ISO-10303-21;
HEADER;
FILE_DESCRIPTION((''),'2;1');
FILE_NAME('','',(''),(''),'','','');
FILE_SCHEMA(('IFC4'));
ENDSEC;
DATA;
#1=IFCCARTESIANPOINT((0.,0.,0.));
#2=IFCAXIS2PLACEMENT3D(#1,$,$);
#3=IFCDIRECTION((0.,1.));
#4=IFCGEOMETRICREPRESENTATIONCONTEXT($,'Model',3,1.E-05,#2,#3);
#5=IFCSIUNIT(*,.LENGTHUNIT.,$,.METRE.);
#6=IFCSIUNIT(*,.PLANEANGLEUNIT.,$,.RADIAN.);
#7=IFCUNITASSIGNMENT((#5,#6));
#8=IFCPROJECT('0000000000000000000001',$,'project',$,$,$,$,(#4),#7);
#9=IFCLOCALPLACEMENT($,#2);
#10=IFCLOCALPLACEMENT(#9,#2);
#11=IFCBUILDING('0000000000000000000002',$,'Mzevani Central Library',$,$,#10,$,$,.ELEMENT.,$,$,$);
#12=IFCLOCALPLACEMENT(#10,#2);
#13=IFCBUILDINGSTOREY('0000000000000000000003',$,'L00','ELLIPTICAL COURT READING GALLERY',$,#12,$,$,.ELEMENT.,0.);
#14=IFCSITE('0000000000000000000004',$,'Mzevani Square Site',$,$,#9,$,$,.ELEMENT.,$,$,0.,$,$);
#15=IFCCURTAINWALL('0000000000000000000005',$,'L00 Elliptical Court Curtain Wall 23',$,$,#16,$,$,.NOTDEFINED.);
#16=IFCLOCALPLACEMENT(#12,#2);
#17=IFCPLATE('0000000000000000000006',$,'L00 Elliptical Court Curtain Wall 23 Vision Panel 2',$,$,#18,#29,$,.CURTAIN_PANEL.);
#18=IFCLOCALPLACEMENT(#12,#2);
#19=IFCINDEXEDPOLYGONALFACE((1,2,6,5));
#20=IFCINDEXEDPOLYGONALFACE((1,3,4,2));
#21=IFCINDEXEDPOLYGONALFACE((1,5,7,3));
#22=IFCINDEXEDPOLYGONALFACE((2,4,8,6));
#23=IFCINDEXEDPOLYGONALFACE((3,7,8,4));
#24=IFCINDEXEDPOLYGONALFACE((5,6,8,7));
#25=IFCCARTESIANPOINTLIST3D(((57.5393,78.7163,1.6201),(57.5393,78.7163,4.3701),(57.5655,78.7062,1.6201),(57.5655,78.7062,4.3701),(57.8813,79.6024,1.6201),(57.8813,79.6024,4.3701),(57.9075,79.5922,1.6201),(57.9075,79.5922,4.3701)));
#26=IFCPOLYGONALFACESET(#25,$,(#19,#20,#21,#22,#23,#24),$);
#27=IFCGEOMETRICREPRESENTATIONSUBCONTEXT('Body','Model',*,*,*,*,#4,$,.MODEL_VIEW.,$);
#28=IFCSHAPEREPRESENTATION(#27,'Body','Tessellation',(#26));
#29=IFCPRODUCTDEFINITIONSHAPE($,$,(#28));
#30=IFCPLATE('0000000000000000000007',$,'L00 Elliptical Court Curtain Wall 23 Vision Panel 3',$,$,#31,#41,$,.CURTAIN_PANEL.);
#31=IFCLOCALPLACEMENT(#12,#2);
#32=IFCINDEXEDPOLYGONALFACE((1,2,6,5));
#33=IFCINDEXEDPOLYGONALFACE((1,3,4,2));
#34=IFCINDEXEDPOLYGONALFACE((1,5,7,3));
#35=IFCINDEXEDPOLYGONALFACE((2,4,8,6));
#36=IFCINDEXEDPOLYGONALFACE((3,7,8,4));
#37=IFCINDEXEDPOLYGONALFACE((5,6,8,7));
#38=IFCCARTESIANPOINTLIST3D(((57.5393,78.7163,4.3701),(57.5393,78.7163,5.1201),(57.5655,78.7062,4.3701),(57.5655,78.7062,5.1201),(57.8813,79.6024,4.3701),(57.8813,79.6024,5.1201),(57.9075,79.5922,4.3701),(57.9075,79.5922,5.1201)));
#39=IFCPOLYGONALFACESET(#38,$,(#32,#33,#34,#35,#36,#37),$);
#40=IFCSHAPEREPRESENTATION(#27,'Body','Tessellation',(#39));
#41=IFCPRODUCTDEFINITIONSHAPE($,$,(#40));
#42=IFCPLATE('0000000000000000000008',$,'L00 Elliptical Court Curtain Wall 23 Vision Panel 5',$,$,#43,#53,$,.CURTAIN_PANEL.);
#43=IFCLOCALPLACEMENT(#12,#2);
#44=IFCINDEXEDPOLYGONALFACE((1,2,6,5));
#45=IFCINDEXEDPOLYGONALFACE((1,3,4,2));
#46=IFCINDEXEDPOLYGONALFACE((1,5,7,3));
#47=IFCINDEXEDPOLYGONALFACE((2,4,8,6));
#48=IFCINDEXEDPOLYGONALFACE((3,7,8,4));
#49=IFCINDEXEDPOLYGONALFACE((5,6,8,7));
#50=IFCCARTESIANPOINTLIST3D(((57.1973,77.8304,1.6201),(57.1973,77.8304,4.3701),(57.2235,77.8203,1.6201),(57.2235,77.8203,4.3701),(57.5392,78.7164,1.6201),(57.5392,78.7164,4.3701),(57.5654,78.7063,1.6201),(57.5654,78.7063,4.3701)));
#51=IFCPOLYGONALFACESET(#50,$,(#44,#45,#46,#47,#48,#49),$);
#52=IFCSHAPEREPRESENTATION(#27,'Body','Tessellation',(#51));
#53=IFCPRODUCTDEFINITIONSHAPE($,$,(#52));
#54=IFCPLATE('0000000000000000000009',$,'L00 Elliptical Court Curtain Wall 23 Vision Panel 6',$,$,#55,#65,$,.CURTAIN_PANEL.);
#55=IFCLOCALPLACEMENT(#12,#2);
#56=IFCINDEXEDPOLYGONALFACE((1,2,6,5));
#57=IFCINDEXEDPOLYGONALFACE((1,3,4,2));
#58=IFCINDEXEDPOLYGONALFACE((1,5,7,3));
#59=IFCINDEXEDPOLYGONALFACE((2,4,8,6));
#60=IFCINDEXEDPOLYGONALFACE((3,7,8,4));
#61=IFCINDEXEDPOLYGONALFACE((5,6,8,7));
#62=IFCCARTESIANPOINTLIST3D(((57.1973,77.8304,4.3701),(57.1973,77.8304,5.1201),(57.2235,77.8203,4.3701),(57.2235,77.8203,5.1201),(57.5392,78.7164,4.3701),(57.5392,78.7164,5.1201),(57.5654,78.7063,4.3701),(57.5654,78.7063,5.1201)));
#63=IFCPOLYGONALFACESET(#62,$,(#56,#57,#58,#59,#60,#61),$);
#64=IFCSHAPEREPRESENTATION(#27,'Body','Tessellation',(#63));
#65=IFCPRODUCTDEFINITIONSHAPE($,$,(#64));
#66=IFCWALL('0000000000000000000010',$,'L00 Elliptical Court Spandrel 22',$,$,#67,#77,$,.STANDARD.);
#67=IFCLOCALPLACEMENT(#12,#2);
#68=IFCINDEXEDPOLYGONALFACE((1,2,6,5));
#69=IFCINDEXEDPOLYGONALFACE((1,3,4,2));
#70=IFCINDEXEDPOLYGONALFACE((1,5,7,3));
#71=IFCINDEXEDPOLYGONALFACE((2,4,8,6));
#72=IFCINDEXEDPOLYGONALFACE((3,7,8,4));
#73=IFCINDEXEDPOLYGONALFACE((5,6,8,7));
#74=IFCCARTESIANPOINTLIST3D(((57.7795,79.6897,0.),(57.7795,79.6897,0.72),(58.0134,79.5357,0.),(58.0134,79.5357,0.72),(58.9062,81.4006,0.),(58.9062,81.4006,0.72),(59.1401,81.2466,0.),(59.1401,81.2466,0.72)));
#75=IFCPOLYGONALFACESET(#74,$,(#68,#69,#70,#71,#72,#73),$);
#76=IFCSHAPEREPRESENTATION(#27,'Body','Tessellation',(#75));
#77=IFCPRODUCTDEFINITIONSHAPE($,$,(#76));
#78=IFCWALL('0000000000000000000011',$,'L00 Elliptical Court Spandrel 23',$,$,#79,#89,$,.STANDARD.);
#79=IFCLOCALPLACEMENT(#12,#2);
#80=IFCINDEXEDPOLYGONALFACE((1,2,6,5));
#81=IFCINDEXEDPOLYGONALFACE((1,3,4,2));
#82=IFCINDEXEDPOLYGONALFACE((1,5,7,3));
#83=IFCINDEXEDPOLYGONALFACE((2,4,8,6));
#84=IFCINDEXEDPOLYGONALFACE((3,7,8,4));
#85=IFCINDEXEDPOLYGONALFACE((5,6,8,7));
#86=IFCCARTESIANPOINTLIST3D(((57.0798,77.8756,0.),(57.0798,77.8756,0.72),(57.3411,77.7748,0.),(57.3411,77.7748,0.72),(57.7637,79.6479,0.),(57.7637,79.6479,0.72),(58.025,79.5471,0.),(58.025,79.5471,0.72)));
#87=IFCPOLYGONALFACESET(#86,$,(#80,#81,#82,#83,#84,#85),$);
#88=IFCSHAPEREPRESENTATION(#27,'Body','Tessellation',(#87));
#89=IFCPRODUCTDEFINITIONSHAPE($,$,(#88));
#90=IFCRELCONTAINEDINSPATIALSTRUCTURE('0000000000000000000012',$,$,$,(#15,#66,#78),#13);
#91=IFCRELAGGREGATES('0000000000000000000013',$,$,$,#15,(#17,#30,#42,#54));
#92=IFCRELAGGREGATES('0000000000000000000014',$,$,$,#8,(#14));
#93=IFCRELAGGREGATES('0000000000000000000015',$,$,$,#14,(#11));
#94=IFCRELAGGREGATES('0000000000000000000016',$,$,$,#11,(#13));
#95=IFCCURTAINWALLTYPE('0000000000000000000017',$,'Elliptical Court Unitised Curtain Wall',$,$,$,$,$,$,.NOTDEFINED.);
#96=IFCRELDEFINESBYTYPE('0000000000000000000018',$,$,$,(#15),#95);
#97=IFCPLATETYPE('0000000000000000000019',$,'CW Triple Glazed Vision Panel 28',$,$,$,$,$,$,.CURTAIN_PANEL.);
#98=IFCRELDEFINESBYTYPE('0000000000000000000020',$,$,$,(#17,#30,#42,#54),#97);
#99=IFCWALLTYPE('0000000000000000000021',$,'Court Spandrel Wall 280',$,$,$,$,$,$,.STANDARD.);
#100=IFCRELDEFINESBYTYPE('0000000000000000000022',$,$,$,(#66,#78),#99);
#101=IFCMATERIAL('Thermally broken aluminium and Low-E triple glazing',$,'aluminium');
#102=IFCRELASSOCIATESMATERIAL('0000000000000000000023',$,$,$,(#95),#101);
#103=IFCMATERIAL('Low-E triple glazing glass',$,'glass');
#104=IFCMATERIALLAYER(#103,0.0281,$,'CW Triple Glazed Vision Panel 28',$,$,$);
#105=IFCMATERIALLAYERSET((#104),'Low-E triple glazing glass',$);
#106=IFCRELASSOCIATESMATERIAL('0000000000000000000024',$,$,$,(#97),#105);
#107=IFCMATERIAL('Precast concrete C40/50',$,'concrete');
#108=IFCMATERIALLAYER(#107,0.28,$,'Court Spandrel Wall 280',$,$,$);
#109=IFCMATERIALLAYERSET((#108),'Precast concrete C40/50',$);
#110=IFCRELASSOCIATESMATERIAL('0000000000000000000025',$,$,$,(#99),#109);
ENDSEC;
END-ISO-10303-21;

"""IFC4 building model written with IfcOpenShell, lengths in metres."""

from ifc_helpers import new_model, si_unit, direction, frame, frame_2d, origin, origin_2d, place, context, subcontext, project, spatial, rectangle, extrude, material, layer, layer_set, type_object, element, aggregate, save


model = new_model("IFC4")

# Units and contexts
model_context = context("Model", 3, precision=1e-05, world=origin(), true_north=direction((0.0, 1.0)))
body_context = subcontext(model_context, "Body", "Model", "MODEL_VIEW")
ifc_project = project(units=[si_unit("LENGTHUNIT", "METRE"), si_unit("PLANEANGLEUNIT", "RADIAN")], contexts=[model_context])

# Site, building, storey
site_placement = place(None, origin())
site = spatial("IfcSite", under=ifc_project, at=site_placement, Name="Mzevani Square Site", CompositionType="ELEMENT", RefElevation=0.0)
building_placement = place(site_placement, origin())
building = spatial("IfcBuilding", under=site, at=building_placement, Name="Mzevani Central Library", CompositionType="ELEMENT")
storey_placement = place(building_placement, origin())
storey = spatial("IfcBuildingStorey", under=building, at=storey_placement, Name="L00", Description="ELLIPTICAL COURT READING GALLERY", CompositionType="ELEMENT", Elevation=0.0)

# Curtain wall
ifc_material_1 = material(Name="Thermally broken aluminium and Low-E triple glazing", Category="aluminium")
curtain_wall_type_1 = type_object("IfcCurtainWallType", Name="Elliptical Court Unitised Curtain Wall", PredefinedType="NOTDEFINED", material=ifc_material_1)
curtain_wall_1_placement = place(storey_placement, origin())
curtain_wall_1 = element("IfcCurtainWall", 1, at=curtain_wall_1_placement, inside=storey, type_object=curtain_wall_type_1, Name="L00 Elliptical Court Curtain Wall 23", PredefinedType="NOTDEFINED")

# Plates
ifc_material_2 = material(Name="Low-E triple glazing glass", Category="glass")
ifc_layer_1 = layer(ifc_material_2, 0.0281, Name="CW Triple Glazed Vision Panel 28")
ifc_layer_set_1 = layer_set([ifc_layer_1], Name="Low-E triple glazing glass")
plate_type_1 = type_object("IfcPlateType", Name="CW Triple Glazed Vision Panel 28", PredefinedType="CURTAIN_PANEL", material=ifc_layer_set_1)
plate_1_placement = place(storey_placement, frame((57.7234, 79.1543, 1.6201), z_axis=(0.0, 0.0, 1.0), x_axis=(-0.360062, -0.932928, 0.0)))
plate_1 = element("IfcPlate", 2, at=plate_1_placement, type_object=plate_type_1, Name="L00 Elliptical Court Curtain Wall 23 Vision Panel 2", PredefinedType="CURTAIN_PANEL", context=body_context, shape_type="SweptSolid", body=[
    extrude(rectangle(XDim=0.9497, YDim=0.0281, at=origin_2d()), origin(), (0.0, 0.0, 1.0), 2.75),
])
plate_2_placement = place(storey_placement, frame((57.7234, 79.1543, 4.3701), z_axis=(0.0, 0.0, 1.0), x_axis=(-0.360062, -0.932928, 0.0)))
plate_2 = element("IfcPlate", 3, at=plate_2_placement, type_object=plate_type_1, Name="L00 Elliptical Court Curtain Wall 23 Vision Panel 3", PredefinedType="CURTAIN_PANEL", context=body_context, shape_type="SweptSolid", body=[
    extrude(rectangle(XDim=0.9497, YDim=0.0281, at=origin_2d()), origin(), (0.0, 0.0, 1.0), 0.75),
])
plate_3_placement = place(storey_placement, frame((57.3813, 78.2683, 1.6201), z_axis=(0.0, 0.0, 1.0), x_axis=(-0.360062, -0.932928, 0.0)))
plate_3 = element("IfcPlate", 4, at=plate_3_placement, type_object=plate_type_1, Name="L00 Elliptical Court Curtain Wall 23 Vision Panel 5", PredefinedType="CURTAIN_PANEL", context=body_context, shape_type="SweptSolid", body=[
    extrude(rectangle(XDim=0.9497, YDim=0.0281, at=origin_2d()), origin(), (0.0, 0.0, 1.0), 2.75),
])
plate_4_placement = place(storey_placement, frame((57.3813, 78.2683, 4.3701), z_axis=(0.0, 0.0, 1.0), x_axis=(-0.360062, -0.932928, 0.0)))
plate_4 = element("IfcPlate", 5, at=plate_4_placement, type_object=plate_type_1, Name="L00 Elliptical Court Curtain Wall 23 Vision Panel 6", PredefinedType="CURTAIN_PANEL", context=body_context, shape_type="SweptSolid", body=[
    extrude(rectangle(XDim=0.9497, YDim=0.0281, at=origin_2d()), origin(), (0.0, 0.0, 1.0), 0.75),
])
aggregate(curtain_wall_1, [plate_1, plate_2, plate_3, plate_4])

# Walls
ifc_material_3 = material(Name="Precast concrete C40/50", Category="concrete")
ifc_layer_2 = layer(ifc_material_3, 0.28, Name="Court Spandrel Wall 280")
ifc_layer_set_2 = layer_set([ifc_layer_2], Name="Precast concrete C40/50")
wall_type = type_object("IfcWallType", Name="Court Spandrel Wall 280", PredefinedType="STANDARD", material=ifc_layer_set_2)
wall_1_placement = place(storey_placement, frame((59.0232, 81.3237, 0.0), z_axis=(0.0, 0.0, 1.0), x_axis=(-0.549989, -0.835172, 0.0)))
element("IfcWall", 6, at=wall_1_placement, inside=storey, type_object=wall_type, Name="L00 Elliptical Court Spandrel 22", PredefinedType="STANDARD", context=body_context, shape_type="SweptSolid", body=[
    extrude(rectangle(XDim=2.0486, YDim=0.28, at=frame_2d((1.0244, 0.0))), origin(), (0.0, 0.0, 1.0), 0.72),
])
wall_2_placement = place(storey_placement, frame((57.8943, 79.5974, 0.0), z_axis=(0.0, 0.0, 1.0), x_axis=(-0.359995, -0.932954, 0.0)))
element("IfcWall", 7, at=wall_2_placement, inside=storey, type_object=wall_type, Name="L00 Elliptical Court Spandrel 23", PredefinedType="STANDARD", context=body_context, shape_type="SweptSolid", body=[
    extrude(rectangle(XDim=1.8997, YDim=0.28, at=frame_2d((0.9497, 0.0))), origin(), (0.0, 0.0, 1.0), 0.72),
])

save(model, "model.ifc")
